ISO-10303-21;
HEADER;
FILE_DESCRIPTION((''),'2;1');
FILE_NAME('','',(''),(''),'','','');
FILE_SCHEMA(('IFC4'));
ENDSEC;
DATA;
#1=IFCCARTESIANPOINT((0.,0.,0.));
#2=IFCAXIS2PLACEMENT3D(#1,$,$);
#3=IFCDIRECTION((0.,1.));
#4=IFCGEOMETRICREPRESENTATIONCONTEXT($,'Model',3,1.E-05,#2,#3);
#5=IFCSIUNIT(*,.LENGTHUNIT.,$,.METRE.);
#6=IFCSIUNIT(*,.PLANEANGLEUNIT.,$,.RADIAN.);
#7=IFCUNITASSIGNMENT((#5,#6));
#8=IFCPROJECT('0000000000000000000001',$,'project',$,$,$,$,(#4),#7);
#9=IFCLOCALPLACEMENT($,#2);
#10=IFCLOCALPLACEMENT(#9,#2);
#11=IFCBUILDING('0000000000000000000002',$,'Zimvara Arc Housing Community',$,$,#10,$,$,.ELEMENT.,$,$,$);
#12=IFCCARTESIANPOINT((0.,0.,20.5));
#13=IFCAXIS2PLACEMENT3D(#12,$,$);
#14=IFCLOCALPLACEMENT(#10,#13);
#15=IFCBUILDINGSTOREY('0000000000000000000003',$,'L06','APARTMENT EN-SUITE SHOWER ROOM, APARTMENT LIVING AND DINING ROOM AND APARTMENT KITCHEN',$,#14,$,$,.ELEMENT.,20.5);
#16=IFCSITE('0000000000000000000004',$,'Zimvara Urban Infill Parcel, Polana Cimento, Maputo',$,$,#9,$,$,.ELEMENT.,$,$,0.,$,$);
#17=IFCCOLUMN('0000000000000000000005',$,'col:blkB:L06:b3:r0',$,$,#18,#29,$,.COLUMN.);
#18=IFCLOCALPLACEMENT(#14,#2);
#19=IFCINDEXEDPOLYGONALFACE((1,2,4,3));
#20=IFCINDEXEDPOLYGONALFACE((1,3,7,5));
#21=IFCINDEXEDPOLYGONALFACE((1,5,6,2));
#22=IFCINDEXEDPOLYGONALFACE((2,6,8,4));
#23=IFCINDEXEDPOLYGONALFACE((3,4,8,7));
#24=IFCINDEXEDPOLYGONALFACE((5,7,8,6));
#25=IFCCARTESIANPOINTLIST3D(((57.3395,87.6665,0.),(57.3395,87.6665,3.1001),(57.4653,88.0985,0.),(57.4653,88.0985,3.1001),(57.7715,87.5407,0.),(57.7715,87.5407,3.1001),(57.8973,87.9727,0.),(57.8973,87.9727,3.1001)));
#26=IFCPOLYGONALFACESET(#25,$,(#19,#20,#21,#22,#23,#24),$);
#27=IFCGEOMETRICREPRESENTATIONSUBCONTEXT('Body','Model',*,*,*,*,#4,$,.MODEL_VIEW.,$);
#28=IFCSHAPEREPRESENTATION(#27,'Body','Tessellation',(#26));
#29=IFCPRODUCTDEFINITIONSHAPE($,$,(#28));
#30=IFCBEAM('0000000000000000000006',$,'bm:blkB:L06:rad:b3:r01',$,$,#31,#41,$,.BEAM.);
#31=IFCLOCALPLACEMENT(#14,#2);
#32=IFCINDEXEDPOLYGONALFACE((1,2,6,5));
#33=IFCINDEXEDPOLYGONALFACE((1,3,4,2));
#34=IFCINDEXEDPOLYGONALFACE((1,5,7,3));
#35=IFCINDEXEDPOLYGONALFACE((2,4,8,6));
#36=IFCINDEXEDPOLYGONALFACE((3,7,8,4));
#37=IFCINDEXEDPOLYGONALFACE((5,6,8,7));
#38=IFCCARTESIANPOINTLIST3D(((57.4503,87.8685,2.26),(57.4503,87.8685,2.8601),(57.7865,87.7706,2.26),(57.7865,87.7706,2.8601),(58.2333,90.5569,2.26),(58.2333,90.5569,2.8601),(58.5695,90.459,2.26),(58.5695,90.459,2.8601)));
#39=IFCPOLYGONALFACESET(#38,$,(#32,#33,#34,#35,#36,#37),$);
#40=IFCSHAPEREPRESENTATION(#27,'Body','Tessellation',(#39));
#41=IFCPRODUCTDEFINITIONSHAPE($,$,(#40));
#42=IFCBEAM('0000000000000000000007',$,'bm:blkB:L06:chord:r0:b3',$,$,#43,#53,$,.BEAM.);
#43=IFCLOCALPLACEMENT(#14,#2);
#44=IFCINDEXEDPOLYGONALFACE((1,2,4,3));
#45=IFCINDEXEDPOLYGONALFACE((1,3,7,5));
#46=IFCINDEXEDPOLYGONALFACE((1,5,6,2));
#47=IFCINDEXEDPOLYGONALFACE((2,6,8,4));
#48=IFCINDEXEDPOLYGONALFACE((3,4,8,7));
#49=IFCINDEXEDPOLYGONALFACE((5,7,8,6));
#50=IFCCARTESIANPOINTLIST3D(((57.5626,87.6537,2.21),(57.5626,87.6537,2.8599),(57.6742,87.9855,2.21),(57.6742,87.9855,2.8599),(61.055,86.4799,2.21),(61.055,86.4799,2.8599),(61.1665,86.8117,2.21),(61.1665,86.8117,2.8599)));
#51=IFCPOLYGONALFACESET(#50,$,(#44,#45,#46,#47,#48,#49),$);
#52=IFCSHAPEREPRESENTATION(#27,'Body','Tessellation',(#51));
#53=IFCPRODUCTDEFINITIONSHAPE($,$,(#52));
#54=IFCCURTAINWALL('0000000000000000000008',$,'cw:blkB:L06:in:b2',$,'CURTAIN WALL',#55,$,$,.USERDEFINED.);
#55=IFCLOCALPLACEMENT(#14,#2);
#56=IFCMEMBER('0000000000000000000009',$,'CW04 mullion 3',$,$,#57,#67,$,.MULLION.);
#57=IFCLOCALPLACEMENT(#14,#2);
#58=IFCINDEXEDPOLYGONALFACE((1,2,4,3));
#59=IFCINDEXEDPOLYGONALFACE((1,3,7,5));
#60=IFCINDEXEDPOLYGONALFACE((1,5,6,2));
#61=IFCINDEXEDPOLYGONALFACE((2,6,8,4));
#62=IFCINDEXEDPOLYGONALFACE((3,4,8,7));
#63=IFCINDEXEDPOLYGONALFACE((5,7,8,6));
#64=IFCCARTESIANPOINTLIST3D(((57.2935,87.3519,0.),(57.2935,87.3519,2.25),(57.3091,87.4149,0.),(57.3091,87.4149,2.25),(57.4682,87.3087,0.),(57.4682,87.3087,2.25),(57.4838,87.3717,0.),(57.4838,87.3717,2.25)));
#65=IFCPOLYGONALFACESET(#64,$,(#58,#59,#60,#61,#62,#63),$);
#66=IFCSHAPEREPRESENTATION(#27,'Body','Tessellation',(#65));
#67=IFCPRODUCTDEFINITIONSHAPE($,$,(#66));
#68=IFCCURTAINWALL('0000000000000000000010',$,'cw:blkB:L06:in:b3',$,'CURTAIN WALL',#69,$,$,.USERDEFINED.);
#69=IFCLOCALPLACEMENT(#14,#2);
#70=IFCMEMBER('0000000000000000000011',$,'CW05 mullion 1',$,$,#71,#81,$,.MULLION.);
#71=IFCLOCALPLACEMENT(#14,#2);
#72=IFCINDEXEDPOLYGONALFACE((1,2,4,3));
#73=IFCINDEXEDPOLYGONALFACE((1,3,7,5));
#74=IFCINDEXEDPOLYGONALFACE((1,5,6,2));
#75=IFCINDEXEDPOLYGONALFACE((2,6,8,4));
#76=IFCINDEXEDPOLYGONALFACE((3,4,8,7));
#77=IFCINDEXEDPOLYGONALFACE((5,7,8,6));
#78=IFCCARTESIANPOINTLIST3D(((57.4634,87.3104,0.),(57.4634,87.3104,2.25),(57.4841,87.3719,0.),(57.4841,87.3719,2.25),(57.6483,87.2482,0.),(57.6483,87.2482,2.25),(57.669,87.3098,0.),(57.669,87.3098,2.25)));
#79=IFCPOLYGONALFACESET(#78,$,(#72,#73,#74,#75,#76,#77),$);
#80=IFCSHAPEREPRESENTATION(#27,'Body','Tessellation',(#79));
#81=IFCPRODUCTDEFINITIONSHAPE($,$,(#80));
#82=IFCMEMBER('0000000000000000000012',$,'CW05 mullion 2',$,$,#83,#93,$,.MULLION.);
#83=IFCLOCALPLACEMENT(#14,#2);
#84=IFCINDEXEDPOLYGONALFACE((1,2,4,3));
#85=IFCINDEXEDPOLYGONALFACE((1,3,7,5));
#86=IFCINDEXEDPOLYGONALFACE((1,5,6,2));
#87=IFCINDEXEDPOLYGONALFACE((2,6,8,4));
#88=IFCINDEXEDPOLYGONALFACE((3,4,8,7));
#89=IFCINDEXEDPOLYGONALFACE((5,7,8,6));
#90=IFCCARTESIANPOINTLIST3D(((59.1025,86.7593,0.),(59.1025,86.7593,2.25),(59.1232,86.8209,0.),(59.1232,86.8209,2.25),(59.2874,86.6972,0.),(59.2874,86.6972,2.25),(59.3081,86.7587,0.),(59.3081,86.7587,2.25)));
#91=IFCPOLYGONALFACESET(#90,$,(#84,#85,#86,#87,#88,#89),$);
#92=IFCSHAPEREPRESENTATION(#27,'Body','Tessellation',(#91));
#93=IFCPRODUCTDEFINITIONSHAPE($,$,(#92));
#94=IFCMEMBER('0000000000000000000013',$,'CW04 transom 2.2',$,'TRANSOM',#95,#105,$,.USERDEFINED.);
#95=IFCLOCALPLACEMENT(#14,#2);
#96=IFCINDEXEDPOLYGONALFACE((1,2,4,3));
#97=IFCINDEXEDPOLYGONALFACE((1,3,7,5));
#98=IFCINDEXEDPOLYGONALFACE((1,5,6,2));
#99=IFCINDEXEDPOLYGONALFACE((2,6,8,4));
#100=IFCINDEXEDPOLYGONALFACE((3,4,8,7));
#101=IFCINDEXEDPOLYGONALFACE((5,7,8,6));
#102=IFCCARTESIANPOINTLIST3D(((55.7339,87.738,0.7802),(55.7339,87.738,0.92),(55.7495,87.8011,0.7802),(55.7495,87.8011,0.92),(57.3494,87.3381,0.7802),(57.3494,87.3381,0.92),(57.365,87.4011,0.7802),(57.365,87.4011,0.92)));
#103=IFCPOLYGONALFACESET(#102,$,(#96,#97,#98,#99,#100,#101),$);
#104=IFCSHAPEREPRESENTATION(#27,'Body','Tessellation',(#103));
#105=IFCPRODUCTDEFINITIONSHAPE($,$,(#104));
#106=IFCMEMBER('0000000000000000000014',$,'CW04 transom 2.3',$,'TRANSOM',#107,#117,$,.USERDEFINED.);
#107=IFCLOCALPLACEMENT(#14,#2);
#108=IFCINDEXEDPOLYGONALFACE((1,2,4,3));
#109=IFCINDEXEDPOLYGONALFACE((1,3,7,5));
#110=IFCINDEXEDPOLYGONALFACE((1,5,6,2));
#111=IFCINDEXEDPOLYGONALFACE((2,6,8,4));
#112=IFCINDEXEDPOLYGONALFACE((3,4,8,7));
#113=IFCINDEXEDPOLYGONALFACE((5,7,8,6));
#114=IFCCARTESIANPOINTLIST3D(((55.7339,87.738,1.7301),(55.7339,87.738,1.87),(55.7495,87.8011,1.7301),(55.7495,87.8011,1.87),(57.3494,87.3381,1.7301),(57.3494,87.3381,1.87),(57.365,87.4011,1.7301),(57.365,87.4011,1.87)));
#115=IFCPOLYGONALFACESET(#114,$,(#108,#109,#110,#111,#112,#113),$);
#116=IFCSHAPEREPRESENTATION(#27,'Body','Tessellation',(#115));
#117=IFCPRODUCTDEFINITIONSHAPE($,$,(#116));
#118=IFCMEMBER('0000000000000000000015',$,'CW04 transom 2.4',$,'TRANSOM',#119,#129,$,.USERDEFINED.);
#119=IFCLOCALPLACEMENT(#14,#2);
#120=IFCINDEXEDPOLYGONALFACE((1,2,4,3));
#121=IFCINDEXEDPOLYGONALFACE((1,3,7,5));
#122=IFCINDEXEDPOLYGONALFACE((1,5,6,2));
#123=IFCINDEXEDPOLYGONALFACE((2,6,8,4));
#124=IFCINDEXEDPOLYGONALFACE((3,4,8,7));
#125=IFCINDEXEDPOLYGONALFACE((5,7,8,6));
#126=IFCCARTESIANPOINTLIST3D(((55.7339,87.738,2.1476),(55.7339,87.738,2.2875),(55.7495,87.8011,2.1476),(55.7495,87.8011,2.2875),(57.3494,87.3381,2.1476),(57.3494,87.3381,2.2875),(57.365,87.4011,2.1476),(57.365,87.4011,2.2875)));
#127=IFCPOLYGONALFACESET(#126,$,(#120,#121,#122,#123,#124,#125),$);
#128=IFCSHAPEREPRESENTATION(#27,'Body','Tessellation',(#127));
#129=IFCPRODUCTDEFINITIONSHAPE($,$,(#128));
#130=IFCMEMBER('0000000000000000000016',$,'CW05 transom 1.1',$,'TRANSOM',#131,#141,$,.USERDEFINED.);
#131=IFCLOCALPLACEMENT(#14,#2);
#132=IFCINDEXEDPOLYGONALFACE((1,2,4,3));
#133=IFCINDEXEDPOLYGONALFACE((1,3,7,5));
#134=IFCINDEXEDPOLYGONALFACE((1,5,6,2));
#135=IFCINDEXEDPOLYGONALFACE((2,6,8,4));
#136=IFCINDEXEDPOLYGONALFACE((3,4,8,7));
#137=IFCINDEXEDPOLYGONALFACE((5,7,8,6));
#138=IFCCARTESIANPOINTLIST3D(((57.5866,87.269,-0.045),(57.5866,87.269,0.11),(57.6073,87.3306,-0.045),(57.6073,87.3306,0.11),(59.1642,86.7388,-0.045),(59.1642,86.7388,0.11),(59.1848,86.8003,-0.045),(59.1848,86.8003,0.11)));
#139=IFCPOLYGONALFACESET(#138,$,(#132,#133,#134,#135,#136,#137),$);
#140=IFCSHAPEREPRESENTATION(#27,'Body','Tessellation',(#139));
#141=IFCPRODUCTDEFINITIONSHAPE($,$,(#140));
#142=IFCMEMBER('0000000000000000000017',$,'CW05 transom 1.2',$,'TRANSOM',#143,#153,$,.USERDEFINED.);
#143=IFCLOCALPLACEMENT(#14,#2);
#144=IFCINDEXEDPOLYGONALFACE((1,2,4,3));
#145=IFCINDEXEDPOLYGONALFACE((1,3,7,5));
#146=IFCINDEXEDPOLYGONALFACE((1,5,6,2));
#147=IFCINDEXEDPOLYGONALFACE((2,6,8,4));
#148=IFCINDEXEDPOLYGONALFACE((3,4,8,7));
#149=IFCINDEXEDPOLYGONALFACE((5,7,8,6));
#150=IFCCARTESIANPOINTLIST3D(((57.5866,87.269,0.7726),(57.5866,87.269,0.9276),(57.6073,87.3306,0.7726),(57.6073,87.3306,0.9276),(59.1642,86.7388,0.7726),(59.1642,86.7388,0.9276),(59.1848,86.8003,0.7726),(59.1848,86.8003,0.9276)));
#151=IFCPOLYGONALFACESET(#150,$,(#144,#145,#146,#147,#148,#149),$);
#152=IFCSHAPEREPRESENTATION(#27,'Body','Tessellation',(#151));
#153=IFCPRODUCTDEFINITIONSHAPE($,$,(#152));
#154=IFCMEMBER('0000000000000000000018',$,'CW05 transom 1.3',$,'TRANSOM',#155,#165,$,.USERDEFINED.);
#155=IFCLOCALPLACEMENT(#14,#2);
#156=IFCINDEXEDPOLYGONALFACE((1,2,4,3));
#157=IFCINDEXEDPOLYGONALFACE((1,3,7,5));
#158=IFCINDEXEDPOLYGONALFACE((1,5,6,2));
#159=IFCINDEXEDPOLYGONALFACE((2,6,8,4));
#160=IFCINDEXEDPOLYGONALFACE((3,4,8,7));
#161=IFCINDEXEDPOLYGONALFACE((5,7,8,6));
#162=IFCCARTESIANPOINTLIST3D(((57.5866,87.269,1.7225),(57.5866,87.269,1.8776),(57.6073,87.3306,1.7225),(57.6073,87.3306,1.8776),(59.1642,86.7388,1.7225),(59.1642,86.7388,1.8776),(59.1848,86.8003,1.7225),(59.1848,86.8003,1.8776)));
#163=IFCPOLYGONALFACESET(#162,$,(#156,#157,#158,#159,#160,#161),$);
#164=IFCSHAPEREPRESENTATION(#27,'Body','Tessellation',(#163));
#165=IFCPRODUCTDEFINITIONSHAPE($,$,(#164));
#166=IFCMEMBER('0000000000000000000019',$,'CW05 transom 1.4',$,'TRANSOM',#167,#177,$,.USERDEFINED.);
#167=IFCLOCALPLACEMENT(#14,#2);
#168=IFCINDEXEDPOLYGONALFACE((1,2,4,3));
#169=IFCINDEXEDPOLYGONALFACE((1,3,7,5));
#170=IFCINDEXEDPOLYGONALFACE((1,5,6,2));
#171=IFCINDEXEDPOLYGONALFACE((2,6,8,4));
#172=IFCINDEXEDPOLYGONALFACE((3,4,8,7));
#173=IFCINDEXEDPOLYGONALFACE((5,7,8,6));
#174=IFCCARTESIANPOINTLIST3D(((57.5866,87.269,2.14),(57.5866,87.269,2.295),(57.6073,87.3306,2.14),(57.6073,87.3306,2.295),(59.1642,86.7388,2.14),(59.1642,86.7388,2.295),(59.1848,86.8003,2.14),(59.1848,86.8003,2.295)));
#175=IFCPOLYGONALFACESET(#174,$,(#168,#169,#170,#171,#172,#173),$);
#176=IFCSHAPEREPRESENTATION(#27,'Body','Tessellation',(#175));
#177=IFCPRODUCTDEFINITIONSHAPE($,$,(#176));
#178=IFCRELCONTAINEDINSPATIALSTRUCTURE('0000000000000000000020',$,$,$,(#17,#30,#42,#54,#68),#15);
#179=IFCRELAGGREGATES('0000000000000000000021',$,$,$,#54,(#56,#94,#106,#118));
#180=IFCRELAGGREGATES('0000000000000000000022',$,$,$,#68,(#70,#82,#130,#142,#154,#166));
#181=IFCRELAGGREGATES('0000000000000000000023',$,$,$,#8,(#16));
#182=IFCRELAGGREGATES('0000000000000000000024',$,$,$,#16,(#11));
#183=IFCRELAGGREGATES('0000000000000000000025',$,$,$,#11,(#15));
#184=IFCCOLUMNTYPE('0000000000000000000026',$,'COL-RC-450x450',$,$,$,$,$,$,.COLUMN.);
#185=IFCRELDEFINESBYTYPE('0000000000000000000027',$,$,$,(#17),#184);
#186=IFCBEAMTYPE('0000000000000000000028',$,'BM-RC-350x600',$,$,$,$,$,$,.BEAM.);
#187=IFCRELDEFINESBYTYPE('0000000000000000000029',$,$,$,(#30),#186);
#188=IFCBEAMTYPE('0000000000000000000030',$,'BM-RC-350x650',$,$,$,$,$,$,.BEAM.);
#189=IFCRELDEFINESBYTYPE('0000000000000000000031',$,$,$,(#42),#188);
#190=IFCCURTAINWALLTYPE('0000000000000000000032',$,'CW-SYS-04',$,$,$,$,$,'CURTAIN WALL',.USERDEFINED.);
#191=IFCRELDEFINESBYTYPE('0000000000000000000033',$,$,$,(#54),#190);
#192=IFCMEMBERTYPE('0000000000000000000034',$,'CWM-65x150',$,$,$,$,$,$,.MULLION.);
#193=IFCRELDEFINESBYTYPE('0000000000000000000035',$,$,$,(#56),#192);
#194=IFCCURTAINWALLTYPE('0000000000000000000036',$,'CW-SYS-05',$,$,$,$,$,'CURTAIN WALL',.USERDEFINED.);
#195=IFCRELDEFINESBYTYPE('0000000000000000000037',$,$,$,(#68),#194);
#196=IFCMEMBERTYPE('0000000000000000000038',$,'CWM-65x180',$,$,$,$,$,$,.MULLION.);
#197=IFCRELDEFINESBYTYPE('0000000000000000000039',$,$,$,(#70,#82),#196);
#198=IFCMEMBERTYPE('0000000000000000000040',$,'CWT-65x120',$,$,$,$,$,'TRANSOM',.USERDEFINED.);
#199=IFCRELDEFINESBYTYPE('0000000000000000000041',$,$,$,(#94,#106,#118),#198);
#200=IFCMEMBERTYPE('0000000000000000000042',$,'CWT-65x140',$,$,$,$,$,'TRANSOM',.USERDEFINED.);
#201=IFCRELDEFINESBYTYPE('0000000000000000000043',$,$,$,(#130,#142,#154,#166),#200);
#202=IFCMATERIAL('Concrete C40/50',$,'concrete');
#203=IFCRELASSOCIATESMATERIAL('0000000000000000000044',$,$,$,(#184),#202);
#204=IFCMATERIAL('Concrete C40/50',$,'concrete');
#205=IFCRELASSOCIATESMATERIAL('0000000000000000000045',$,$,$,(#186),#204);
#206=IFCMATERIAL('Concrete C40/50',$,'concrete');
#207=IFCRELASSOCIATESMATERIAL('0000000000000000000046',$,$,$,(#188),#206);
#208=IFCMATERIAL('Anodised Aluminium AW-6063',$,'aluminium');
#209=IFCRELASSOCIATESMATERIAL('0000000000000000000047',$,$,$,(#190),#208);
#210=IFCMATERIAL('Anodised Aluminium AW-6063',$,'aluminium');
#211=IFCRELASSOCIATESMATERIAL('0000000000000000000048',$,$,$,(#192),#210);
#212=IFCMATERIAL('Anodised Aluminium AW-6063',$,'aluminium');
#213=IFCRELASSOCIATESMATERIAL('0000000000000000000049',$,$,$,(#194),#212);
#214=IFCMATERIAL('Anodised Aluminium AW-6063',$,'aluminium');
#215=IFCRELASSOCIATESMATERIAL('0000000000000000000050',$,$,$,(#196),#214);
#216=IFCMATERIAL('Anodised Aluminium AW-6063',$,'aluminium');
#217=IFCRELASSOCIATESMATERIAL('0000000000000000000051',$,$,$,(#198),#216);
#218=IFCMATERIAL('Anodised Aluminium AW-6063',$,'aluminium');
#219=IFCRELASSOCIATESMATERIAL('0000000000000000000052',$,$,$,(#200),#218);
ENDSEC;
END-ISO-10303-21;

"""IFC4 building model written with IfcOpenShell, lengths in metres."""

from ifc_helpers import new_model, si_unit, direction, frame, origin, origin_2d, place, context, subcontext, project, spatial, rectangle, extrude, material, material_profile, profile_set, type_object, element, aggregate, save


model = new_model("IFC4")

# Units and contexts
model_context = context("Model", 3, precision=1e-05, world=origin(), true_north=direction((0.0, 1.0)))
body_context = subcontext(model_context, "Body", "Model", "MODEL_VIEW")
ifc_project = project(units=[si_unit("LENGTHUNIT", "METRE"), si_unit("PLANEANGLEUNIT", "RADIAN")], contexts=[model_context])

# Site, building, storey
site_placement = place(None, origin())
site = spatial("IfcSite", under=ifc_project, at=site_placement, Name="Zimvara Urban Infill Parcel, Polana Cimento, Maputo", CompositionType="ELEMENT", RefElevation=0.0)
building_placement = place(site_placement, origin())
building = spatial("IfcBuilding", under=site, at=building_placement, Name="Zimvara Arc Housing Community", CompositionType="ELEMENT")
storey_placement = place(building_placement, frame((0.0, 0.0, 20.5)))
storey = spatial("IfcBuildingStorey", under=building, at=storey_placement, Name="L06", Description="APARTMENT EN-SUITE SHOWER ROOM, APARTMENT LIVING AND DINING ROOM AND APARTMENT KITCHEN", CompositionType="ELEMENT", Elevation=20.5)

# Column
ifc_material_1 = material(Name="Concrete C40/50", Category="concrete")
ifc_material_profile_1 = material_profile(ifc_material_1, rectangle(XDim=0.45, YDim=0.45, at=origin_2d()), Name="RC 450x450")
ifc_profile_set_1 = profile_set([ifc_material_profile_1], Name="Concrete C40/50")
column_type = type_object("IfcColumnType", Name="COL-RC-450x450", PredefinedType="COLUMN", material=ifc_profile_set_1)
column_placement = place(storey_placement, frame((57.6184, 87.8196, 0.0), z_axis=(0.0, 0.0, 1.0), x_axis=(0.279661, 0.960099, 0.0)))
element("IfcColumn", 1, at=column_placement, inside=storey, type_object=column_type, Name="col:blkB:L06:b3:r0", PredefinedType="COLUMN", context=body_context, shape_type="SweptSolid", body=[
    extrude(rectangle(XDim=0.45, YDim=0.45, at=origin_2d()), origin(), (0.0, 0.0, 1.0), 3.1001),
])

# Beams
ifc_material_2 = material(Name="Concrete C40/50", Category="concrete")
ifc_material_profile_2 = material_profile(ifc_material_2, rectangle(XDim=0.3501, YDim=0.6001, at=origin_2d()), Name="RC 350x600")
ifc_profile_set_2 = profile_set([ifc_material_profile_2], Name="Concrete C40/50")
beam_type_1 = type_object("IfcBeamType", Name="BM-RC-350x600", PredefinedType="BEAM", material=ifc_profile_set_2)
beam_1_placement = place(storey_placement, frame((57.6184, 87.8196, 2.5601), z_axis=(0.279635, 0.960106, 0.0), x_axis=(-0.960106, 0.279635, 0.0)))
element("IfcBeam", 2, at=beam_1_placement, inside=storey, type_object=beam_type_1, Name="bm:blkB:L06:rad:b3:r01", PredefinedType="BEAM", context=body_context, shape_type="SweptSolid", body=[
    extrude(rectangle(XDim=0.3501, YDim=0.6001, at=origin_2d()), origin(), (0.0, 0.0, 1.0), 2.8),
])
ifc_material_3 = material(Name="Concrete C40/50", Category="concrete")
ifc_material_profile_3 = material_profile(ifc_material_3, rectangle(XDim=0.3501, YDim=0.6499, at=origin_2d()), Name="RC 350x650")
ifc_profile_set_3 = profile_set([ifc_material_profile_3], Name="Concrete C40/50")
beam_type_2 = type_object("IfcBeamType", Name="BM-RC-350x650", PredefinedType="BEAM", material=ifc_profile_set_3)
beam_2_placement = place(storey_placement, frame((57.6184, 87.8196, 2.5349), z_axis=(0.947892, -0.318592, 0.0), x_axis=(0.318592, 0.947892, 0.0)))
element("IfcBeam", 3, at=beam_2_placement, inside=storey, type_object=beam_type_2, Name="bm:blkB:L06:chord:r0:b3", PredefinedType="BEAM", context=body_context, shape_type="SweptSolid", body=[
    extrude(rectangle(XDim=0.3501, YDim=0.6499, at=origin_2d()), origin(), (0.0, 0.0, 1.0), 3.6843),
])

# Curtain wall, member
ifc_material_4 = material(Name="Anodised Aluminium AW-6063", Category="aluminium")
curtain_wall_type_1 = type_object("IfcCurtainWallType", Name="CW-SYS-04", ElementType="CURTAIN WALL", PredefinedType="USERDEFINED", material=ifc_material_4)
curtain_wall_1_placement = place(storey_placement, origin())
curtain_wall_1 = element("IfcCurtainWall", 4, at=curtain_wall_1_placement, inside=storey, type_object=curtain_wall_type_1, Name="cw:blkB:L06:in:b2", ObjectType="CURTAIN WALL", PredefinedType="USERDEFINED")
ifc_material_5 = material(Name="Anodised Aluminium AW-6063", Category="aluminium")
ifc_material_profile_4 = material_profile(ifc_material_5, rectangle(XDim=0.0649, YDim=0.1799, at=origin_2d()), Name="ALU 65x180")
ifc_profile_set_4 = profile_set([ifc_material_profile_4], Name="Anodised Aluminium AW-6063")
member_type_1 = type_object("IfcMemberType", Name="CWM-65x150", PredefinedType="MULLION", material=ifc_profile_set_4)
member_1_placement = place(storey_placement, frame((57.3887, 87.3618, 0.0), z_axis=(0.0, 0.0, 1.0), x_axis=(0.240228, 0.970717, 0.0)))
member_1 = element("IfcMember", 5, at=member_1_placement, type_object=member_type_1, Name="CW04 mullion 3", PredefinedType="MULLION", context=body_context, shape_type="SweptSolid", body=[
    extrude(rectangle(XDim=0.0649, YDim=0.1799, at=origin_2d()), origin(), (0.0, 0.0, 1.0), 2.25),
])

# Curtain wall, members
ifc_material_6 = material(Name="Anodised Aluminium AW-6063", Category="aluminium")
curtain_wall_type_2 = type_object("IfcCurtainWallType", Name="CW-SYS-05", ElementType="CURTAIN WALL", PredefinedType="USERDEFINED", material=ifc_material_6)
curtain_wall_2_placement = place(storey_placement, origin())
curtain_wall_2 = element("IfcCurtainWall", 6, at=curtain_wall_2_placement, inside=storey, type_object=curtain_wall_type_2, Name="cw:blkB:L06:in:b3", ObjectType="CURTAIN WALL", PredefinedType="USERDEFINED")
ifc_material_7 = material(Name="Anodised Aluminium AW-6063", Category="aluminium")
ifc_material_profile_5 = material_profile(ifc_material_7, rectangle(XDim=0.0649, YDim=0.1951, at=origin_2d()), Name="ALU 65x195")
ifc_profile_set_5 = profile_set([ifc_material_profile_5], Name="Anodised Aluminium AW-6063")
member_type_2 = type_object("IfcMemberType", Name="CWM-65x180", PredefinedType="MULLION", material=ifc_profile_set_5)
member_2_placement = place(storey_placement, frame((57.5662, 87.3101, 0.0), z_axis=(0.0, 0.0, 1.0), x_axis=(0.31863, 0.947879, 0.0)))
member_2 = element("IfcMember", 7, at=member_2_placement, type_object=member_type_2, Name="CW05 mullion 1", PredefinedType="MULLION", context=body_context, shape_type="SweptSolid", body=[
    extrude(rectangle(XDim=0.0649, YDim=0.1951, at=origin_2d()), origin(), (0.0, 0.0, 1.0), 2.25),
])
member_3_placement = place(storey_placement, frame((59.2053, 86.759, 0.0), z_axis=(0.0, 0.0, 1.0), x_axis=(0.31863, 0.947879, 0.0)))
member_3 = element("IfcMember", 8, at=member_3_placement, type_object=member_type_2, Name="CW05 mullion 2", PredefinedType="MULLION", context=body_context, shape_type="SweptSolid", body=[
    extrude(rectangle(XDim=0.0649, YDim=0.1951, at=origin_2d()), origin(), (0.0, 0.0, 1.0), 2.25),
])

# Members
ifc_material_8 = material(Name="Anodised Aluminium AW-6063", Category="aluminium")
ifc_material_profile_6 = material_profile(ifc_material_8, rectangle(XDim=0.0649, YDim=0.1399, at=origin_2d()), Name="ALU 65x140")
ifc_profile_set_6 = profile_set([ifc_material_profile_6], Name="Anodised Aluminium AW-6063")
member_type_3 = type_object("IfcMemberType", Name="CWT-65x120", ElementType="TRANSOM", PredefinedType="USERDEFINED", material=ifc_profile_set_6)
member_4_placement = place(storey_placement, frame((55.7417, 87.7695, 0.8501), z_axis=(0.970701, -0.240291, 0.0), x_axis=(0.240291, 0.970701, 0.0)))
member_4 = element("IfcMember", 9, at=member_4_placement, type_object=member_type_3, Name="CW04 transom 2.2", ObjectType="TRANSOM", PredefinedType="USERDEFINED", context=body_context, shape_type="SweptSolid", body=[
    extrude(rectangle(XDim=0.0649, YDim=0.1399, at=origin_2d()), origin(), (0.0, 0.0, 1.0), 1.6643),
])
member_5_placement = place(storey_placement, frame((55.7417, 87.7695, 1.8), z_axis=(0.970701, -0.240291, 0.0), x_axis=(0.240291, 0.970701, 0.0)))
member_5 = element("IfcMember", 10, at=member_5_placement, type_object=member_type_3, Name="CW04 transom 2.3", ObjectType="TRANSOM", PredefinedType="USERDEFINED", context=body_context, shape_type="SweptSolid", body=[
    extrude(rectangle(XDim=0.0649, YDim=0.1399, at=origin_2d()), origin(), (0.0, 0.0, 1.0), 1.6643),
])
member_6_placement = place(storey_placement, frame((55.7417, 87.7695, 2.2175), z_axis=(0.970701, -0.240291, 0.0), x_axis=(0.240291, 0.970701, 0.0)))
member_6 = element("IfcMember", 11, at=member_6_placement, type_object=member_type_3, Name="CW04 transom 2.4", ObjectType="TRANSOM", PredefinedType="USERDEFINED", context=body_context, shape_type="SweptSolid", body=[
    extrude(rectangle(XDim=0.0649, YDim=0.1399, at=origin_2d()), origin(), (0.0, 0.0, 1.0), 1.6643),
])
ifc_material_9 = material(Name="Anodised Aluminium AW-6063", Category="aluminium")
ifc_material_profile_7 = material_profile(ifc_material_9, rectangle(XDim=0.0649, YDim=0.155, at=origin_2d()), Name="ALU 65x155")
ifc_profile_set_7 = profile_set([ifc_material_profile_7], Name="Anodised Aluminium AW-6063")
member_type_4 = type_object("IfcMemberType", Name="CWT-65x140", ElementType="TRANSOM", PredefinedType="USERDEFINED", material=ifc_profile_set_7)
member_7_placement = place(storey_placement, frame((57.5969, 87.2998, 0.0325), z_axis=(0.947888, -0.318603, 0.0), x_axis=(0.318603, 0.947888, 0.0)))
member_7 = element("IfcMember", 12, at=member_7_placement, type_object=member_type_4, Name="CW05 transom 1.1", ObjectType="TRANSOM", PredefinedType="USERDEFINED", context=body_context, shape_type="SweptSolid", body=[
    extrude(rectangle(XDim=0.0649, YDim=0.155, at=origin_2d()), origin(), (0.0, 0.0, 1.0), 1.6643),
])
member_8_placement = place(storey_placement, frame((57.5969, 87.2998, 0.8501), z_axis=(0.947888, -0.318603, 0.0), x_axis=(0.318603, 0.947888, 0.0)))
member_8 = element("IfcMember", 13, at=member_8_placement, type_object=member_type_4, Name="CW05 transom 1.2", ObjectType="TRANSOM", PredefinedType="USERDEFINED", context=body_context, shape_type="SweptSolid", body=[
    extrude(rectangle(XDim=0.0649, YDim=0.155, at=origin_2d()), origin(), (0.0, 0.0, 1.0), 1.6643),
])
member_9_placement = place(storey_placement, frame((57.5969, 87.2998, 1.8), z_axis=(0.947888, -0.318603, 0.0), x_axis=(0.318603, 0.947888, 0.0)))
member_9 = element("IfcMember", 14, at=member_9_placement, type_object=member_type_4, Name="CW05 transom 1.3", ObjectType="TRANSOM", PredefinedType="USERDEFINED", context=body_context, shape_type="SweptSolid", body=[
    extrude(rectangle(XDim=0.0649, YDim=0.155, at=origin_2d()), origin(), (0.0, 0.0, 1.0), 1.6643),
])
member_10_placement = place(storey_placement, frame((57.5969, 87.2998, 2.2175), z_axis=(0.947888, -0.318603, 0.0), x_axis=(0.318603, 0.947888, 0.0)))
member_10 = element("IfcMember", 15, at=member_10_placement, type_object=member_type_4, Name="CW05 transom 1.4", ObjectType="TRANSOM", PredefinedType="USERDEFINED", context=body_context, shape_type="SweptSolid", body=[
    extrude(rectangle(XDim=0.0649, YDim=0.155, at=origin_2d()), origin(), (0.0, 0.0, 1.0), 1.6643),
])

aggregate(curtain_wall_1, [member_1, member_4, member_5, member_6])
aggregate(curtain_wall_2, [member_2, member_3, member_7, member_8, member_9, member_10])

save(model, "model.ifc")
